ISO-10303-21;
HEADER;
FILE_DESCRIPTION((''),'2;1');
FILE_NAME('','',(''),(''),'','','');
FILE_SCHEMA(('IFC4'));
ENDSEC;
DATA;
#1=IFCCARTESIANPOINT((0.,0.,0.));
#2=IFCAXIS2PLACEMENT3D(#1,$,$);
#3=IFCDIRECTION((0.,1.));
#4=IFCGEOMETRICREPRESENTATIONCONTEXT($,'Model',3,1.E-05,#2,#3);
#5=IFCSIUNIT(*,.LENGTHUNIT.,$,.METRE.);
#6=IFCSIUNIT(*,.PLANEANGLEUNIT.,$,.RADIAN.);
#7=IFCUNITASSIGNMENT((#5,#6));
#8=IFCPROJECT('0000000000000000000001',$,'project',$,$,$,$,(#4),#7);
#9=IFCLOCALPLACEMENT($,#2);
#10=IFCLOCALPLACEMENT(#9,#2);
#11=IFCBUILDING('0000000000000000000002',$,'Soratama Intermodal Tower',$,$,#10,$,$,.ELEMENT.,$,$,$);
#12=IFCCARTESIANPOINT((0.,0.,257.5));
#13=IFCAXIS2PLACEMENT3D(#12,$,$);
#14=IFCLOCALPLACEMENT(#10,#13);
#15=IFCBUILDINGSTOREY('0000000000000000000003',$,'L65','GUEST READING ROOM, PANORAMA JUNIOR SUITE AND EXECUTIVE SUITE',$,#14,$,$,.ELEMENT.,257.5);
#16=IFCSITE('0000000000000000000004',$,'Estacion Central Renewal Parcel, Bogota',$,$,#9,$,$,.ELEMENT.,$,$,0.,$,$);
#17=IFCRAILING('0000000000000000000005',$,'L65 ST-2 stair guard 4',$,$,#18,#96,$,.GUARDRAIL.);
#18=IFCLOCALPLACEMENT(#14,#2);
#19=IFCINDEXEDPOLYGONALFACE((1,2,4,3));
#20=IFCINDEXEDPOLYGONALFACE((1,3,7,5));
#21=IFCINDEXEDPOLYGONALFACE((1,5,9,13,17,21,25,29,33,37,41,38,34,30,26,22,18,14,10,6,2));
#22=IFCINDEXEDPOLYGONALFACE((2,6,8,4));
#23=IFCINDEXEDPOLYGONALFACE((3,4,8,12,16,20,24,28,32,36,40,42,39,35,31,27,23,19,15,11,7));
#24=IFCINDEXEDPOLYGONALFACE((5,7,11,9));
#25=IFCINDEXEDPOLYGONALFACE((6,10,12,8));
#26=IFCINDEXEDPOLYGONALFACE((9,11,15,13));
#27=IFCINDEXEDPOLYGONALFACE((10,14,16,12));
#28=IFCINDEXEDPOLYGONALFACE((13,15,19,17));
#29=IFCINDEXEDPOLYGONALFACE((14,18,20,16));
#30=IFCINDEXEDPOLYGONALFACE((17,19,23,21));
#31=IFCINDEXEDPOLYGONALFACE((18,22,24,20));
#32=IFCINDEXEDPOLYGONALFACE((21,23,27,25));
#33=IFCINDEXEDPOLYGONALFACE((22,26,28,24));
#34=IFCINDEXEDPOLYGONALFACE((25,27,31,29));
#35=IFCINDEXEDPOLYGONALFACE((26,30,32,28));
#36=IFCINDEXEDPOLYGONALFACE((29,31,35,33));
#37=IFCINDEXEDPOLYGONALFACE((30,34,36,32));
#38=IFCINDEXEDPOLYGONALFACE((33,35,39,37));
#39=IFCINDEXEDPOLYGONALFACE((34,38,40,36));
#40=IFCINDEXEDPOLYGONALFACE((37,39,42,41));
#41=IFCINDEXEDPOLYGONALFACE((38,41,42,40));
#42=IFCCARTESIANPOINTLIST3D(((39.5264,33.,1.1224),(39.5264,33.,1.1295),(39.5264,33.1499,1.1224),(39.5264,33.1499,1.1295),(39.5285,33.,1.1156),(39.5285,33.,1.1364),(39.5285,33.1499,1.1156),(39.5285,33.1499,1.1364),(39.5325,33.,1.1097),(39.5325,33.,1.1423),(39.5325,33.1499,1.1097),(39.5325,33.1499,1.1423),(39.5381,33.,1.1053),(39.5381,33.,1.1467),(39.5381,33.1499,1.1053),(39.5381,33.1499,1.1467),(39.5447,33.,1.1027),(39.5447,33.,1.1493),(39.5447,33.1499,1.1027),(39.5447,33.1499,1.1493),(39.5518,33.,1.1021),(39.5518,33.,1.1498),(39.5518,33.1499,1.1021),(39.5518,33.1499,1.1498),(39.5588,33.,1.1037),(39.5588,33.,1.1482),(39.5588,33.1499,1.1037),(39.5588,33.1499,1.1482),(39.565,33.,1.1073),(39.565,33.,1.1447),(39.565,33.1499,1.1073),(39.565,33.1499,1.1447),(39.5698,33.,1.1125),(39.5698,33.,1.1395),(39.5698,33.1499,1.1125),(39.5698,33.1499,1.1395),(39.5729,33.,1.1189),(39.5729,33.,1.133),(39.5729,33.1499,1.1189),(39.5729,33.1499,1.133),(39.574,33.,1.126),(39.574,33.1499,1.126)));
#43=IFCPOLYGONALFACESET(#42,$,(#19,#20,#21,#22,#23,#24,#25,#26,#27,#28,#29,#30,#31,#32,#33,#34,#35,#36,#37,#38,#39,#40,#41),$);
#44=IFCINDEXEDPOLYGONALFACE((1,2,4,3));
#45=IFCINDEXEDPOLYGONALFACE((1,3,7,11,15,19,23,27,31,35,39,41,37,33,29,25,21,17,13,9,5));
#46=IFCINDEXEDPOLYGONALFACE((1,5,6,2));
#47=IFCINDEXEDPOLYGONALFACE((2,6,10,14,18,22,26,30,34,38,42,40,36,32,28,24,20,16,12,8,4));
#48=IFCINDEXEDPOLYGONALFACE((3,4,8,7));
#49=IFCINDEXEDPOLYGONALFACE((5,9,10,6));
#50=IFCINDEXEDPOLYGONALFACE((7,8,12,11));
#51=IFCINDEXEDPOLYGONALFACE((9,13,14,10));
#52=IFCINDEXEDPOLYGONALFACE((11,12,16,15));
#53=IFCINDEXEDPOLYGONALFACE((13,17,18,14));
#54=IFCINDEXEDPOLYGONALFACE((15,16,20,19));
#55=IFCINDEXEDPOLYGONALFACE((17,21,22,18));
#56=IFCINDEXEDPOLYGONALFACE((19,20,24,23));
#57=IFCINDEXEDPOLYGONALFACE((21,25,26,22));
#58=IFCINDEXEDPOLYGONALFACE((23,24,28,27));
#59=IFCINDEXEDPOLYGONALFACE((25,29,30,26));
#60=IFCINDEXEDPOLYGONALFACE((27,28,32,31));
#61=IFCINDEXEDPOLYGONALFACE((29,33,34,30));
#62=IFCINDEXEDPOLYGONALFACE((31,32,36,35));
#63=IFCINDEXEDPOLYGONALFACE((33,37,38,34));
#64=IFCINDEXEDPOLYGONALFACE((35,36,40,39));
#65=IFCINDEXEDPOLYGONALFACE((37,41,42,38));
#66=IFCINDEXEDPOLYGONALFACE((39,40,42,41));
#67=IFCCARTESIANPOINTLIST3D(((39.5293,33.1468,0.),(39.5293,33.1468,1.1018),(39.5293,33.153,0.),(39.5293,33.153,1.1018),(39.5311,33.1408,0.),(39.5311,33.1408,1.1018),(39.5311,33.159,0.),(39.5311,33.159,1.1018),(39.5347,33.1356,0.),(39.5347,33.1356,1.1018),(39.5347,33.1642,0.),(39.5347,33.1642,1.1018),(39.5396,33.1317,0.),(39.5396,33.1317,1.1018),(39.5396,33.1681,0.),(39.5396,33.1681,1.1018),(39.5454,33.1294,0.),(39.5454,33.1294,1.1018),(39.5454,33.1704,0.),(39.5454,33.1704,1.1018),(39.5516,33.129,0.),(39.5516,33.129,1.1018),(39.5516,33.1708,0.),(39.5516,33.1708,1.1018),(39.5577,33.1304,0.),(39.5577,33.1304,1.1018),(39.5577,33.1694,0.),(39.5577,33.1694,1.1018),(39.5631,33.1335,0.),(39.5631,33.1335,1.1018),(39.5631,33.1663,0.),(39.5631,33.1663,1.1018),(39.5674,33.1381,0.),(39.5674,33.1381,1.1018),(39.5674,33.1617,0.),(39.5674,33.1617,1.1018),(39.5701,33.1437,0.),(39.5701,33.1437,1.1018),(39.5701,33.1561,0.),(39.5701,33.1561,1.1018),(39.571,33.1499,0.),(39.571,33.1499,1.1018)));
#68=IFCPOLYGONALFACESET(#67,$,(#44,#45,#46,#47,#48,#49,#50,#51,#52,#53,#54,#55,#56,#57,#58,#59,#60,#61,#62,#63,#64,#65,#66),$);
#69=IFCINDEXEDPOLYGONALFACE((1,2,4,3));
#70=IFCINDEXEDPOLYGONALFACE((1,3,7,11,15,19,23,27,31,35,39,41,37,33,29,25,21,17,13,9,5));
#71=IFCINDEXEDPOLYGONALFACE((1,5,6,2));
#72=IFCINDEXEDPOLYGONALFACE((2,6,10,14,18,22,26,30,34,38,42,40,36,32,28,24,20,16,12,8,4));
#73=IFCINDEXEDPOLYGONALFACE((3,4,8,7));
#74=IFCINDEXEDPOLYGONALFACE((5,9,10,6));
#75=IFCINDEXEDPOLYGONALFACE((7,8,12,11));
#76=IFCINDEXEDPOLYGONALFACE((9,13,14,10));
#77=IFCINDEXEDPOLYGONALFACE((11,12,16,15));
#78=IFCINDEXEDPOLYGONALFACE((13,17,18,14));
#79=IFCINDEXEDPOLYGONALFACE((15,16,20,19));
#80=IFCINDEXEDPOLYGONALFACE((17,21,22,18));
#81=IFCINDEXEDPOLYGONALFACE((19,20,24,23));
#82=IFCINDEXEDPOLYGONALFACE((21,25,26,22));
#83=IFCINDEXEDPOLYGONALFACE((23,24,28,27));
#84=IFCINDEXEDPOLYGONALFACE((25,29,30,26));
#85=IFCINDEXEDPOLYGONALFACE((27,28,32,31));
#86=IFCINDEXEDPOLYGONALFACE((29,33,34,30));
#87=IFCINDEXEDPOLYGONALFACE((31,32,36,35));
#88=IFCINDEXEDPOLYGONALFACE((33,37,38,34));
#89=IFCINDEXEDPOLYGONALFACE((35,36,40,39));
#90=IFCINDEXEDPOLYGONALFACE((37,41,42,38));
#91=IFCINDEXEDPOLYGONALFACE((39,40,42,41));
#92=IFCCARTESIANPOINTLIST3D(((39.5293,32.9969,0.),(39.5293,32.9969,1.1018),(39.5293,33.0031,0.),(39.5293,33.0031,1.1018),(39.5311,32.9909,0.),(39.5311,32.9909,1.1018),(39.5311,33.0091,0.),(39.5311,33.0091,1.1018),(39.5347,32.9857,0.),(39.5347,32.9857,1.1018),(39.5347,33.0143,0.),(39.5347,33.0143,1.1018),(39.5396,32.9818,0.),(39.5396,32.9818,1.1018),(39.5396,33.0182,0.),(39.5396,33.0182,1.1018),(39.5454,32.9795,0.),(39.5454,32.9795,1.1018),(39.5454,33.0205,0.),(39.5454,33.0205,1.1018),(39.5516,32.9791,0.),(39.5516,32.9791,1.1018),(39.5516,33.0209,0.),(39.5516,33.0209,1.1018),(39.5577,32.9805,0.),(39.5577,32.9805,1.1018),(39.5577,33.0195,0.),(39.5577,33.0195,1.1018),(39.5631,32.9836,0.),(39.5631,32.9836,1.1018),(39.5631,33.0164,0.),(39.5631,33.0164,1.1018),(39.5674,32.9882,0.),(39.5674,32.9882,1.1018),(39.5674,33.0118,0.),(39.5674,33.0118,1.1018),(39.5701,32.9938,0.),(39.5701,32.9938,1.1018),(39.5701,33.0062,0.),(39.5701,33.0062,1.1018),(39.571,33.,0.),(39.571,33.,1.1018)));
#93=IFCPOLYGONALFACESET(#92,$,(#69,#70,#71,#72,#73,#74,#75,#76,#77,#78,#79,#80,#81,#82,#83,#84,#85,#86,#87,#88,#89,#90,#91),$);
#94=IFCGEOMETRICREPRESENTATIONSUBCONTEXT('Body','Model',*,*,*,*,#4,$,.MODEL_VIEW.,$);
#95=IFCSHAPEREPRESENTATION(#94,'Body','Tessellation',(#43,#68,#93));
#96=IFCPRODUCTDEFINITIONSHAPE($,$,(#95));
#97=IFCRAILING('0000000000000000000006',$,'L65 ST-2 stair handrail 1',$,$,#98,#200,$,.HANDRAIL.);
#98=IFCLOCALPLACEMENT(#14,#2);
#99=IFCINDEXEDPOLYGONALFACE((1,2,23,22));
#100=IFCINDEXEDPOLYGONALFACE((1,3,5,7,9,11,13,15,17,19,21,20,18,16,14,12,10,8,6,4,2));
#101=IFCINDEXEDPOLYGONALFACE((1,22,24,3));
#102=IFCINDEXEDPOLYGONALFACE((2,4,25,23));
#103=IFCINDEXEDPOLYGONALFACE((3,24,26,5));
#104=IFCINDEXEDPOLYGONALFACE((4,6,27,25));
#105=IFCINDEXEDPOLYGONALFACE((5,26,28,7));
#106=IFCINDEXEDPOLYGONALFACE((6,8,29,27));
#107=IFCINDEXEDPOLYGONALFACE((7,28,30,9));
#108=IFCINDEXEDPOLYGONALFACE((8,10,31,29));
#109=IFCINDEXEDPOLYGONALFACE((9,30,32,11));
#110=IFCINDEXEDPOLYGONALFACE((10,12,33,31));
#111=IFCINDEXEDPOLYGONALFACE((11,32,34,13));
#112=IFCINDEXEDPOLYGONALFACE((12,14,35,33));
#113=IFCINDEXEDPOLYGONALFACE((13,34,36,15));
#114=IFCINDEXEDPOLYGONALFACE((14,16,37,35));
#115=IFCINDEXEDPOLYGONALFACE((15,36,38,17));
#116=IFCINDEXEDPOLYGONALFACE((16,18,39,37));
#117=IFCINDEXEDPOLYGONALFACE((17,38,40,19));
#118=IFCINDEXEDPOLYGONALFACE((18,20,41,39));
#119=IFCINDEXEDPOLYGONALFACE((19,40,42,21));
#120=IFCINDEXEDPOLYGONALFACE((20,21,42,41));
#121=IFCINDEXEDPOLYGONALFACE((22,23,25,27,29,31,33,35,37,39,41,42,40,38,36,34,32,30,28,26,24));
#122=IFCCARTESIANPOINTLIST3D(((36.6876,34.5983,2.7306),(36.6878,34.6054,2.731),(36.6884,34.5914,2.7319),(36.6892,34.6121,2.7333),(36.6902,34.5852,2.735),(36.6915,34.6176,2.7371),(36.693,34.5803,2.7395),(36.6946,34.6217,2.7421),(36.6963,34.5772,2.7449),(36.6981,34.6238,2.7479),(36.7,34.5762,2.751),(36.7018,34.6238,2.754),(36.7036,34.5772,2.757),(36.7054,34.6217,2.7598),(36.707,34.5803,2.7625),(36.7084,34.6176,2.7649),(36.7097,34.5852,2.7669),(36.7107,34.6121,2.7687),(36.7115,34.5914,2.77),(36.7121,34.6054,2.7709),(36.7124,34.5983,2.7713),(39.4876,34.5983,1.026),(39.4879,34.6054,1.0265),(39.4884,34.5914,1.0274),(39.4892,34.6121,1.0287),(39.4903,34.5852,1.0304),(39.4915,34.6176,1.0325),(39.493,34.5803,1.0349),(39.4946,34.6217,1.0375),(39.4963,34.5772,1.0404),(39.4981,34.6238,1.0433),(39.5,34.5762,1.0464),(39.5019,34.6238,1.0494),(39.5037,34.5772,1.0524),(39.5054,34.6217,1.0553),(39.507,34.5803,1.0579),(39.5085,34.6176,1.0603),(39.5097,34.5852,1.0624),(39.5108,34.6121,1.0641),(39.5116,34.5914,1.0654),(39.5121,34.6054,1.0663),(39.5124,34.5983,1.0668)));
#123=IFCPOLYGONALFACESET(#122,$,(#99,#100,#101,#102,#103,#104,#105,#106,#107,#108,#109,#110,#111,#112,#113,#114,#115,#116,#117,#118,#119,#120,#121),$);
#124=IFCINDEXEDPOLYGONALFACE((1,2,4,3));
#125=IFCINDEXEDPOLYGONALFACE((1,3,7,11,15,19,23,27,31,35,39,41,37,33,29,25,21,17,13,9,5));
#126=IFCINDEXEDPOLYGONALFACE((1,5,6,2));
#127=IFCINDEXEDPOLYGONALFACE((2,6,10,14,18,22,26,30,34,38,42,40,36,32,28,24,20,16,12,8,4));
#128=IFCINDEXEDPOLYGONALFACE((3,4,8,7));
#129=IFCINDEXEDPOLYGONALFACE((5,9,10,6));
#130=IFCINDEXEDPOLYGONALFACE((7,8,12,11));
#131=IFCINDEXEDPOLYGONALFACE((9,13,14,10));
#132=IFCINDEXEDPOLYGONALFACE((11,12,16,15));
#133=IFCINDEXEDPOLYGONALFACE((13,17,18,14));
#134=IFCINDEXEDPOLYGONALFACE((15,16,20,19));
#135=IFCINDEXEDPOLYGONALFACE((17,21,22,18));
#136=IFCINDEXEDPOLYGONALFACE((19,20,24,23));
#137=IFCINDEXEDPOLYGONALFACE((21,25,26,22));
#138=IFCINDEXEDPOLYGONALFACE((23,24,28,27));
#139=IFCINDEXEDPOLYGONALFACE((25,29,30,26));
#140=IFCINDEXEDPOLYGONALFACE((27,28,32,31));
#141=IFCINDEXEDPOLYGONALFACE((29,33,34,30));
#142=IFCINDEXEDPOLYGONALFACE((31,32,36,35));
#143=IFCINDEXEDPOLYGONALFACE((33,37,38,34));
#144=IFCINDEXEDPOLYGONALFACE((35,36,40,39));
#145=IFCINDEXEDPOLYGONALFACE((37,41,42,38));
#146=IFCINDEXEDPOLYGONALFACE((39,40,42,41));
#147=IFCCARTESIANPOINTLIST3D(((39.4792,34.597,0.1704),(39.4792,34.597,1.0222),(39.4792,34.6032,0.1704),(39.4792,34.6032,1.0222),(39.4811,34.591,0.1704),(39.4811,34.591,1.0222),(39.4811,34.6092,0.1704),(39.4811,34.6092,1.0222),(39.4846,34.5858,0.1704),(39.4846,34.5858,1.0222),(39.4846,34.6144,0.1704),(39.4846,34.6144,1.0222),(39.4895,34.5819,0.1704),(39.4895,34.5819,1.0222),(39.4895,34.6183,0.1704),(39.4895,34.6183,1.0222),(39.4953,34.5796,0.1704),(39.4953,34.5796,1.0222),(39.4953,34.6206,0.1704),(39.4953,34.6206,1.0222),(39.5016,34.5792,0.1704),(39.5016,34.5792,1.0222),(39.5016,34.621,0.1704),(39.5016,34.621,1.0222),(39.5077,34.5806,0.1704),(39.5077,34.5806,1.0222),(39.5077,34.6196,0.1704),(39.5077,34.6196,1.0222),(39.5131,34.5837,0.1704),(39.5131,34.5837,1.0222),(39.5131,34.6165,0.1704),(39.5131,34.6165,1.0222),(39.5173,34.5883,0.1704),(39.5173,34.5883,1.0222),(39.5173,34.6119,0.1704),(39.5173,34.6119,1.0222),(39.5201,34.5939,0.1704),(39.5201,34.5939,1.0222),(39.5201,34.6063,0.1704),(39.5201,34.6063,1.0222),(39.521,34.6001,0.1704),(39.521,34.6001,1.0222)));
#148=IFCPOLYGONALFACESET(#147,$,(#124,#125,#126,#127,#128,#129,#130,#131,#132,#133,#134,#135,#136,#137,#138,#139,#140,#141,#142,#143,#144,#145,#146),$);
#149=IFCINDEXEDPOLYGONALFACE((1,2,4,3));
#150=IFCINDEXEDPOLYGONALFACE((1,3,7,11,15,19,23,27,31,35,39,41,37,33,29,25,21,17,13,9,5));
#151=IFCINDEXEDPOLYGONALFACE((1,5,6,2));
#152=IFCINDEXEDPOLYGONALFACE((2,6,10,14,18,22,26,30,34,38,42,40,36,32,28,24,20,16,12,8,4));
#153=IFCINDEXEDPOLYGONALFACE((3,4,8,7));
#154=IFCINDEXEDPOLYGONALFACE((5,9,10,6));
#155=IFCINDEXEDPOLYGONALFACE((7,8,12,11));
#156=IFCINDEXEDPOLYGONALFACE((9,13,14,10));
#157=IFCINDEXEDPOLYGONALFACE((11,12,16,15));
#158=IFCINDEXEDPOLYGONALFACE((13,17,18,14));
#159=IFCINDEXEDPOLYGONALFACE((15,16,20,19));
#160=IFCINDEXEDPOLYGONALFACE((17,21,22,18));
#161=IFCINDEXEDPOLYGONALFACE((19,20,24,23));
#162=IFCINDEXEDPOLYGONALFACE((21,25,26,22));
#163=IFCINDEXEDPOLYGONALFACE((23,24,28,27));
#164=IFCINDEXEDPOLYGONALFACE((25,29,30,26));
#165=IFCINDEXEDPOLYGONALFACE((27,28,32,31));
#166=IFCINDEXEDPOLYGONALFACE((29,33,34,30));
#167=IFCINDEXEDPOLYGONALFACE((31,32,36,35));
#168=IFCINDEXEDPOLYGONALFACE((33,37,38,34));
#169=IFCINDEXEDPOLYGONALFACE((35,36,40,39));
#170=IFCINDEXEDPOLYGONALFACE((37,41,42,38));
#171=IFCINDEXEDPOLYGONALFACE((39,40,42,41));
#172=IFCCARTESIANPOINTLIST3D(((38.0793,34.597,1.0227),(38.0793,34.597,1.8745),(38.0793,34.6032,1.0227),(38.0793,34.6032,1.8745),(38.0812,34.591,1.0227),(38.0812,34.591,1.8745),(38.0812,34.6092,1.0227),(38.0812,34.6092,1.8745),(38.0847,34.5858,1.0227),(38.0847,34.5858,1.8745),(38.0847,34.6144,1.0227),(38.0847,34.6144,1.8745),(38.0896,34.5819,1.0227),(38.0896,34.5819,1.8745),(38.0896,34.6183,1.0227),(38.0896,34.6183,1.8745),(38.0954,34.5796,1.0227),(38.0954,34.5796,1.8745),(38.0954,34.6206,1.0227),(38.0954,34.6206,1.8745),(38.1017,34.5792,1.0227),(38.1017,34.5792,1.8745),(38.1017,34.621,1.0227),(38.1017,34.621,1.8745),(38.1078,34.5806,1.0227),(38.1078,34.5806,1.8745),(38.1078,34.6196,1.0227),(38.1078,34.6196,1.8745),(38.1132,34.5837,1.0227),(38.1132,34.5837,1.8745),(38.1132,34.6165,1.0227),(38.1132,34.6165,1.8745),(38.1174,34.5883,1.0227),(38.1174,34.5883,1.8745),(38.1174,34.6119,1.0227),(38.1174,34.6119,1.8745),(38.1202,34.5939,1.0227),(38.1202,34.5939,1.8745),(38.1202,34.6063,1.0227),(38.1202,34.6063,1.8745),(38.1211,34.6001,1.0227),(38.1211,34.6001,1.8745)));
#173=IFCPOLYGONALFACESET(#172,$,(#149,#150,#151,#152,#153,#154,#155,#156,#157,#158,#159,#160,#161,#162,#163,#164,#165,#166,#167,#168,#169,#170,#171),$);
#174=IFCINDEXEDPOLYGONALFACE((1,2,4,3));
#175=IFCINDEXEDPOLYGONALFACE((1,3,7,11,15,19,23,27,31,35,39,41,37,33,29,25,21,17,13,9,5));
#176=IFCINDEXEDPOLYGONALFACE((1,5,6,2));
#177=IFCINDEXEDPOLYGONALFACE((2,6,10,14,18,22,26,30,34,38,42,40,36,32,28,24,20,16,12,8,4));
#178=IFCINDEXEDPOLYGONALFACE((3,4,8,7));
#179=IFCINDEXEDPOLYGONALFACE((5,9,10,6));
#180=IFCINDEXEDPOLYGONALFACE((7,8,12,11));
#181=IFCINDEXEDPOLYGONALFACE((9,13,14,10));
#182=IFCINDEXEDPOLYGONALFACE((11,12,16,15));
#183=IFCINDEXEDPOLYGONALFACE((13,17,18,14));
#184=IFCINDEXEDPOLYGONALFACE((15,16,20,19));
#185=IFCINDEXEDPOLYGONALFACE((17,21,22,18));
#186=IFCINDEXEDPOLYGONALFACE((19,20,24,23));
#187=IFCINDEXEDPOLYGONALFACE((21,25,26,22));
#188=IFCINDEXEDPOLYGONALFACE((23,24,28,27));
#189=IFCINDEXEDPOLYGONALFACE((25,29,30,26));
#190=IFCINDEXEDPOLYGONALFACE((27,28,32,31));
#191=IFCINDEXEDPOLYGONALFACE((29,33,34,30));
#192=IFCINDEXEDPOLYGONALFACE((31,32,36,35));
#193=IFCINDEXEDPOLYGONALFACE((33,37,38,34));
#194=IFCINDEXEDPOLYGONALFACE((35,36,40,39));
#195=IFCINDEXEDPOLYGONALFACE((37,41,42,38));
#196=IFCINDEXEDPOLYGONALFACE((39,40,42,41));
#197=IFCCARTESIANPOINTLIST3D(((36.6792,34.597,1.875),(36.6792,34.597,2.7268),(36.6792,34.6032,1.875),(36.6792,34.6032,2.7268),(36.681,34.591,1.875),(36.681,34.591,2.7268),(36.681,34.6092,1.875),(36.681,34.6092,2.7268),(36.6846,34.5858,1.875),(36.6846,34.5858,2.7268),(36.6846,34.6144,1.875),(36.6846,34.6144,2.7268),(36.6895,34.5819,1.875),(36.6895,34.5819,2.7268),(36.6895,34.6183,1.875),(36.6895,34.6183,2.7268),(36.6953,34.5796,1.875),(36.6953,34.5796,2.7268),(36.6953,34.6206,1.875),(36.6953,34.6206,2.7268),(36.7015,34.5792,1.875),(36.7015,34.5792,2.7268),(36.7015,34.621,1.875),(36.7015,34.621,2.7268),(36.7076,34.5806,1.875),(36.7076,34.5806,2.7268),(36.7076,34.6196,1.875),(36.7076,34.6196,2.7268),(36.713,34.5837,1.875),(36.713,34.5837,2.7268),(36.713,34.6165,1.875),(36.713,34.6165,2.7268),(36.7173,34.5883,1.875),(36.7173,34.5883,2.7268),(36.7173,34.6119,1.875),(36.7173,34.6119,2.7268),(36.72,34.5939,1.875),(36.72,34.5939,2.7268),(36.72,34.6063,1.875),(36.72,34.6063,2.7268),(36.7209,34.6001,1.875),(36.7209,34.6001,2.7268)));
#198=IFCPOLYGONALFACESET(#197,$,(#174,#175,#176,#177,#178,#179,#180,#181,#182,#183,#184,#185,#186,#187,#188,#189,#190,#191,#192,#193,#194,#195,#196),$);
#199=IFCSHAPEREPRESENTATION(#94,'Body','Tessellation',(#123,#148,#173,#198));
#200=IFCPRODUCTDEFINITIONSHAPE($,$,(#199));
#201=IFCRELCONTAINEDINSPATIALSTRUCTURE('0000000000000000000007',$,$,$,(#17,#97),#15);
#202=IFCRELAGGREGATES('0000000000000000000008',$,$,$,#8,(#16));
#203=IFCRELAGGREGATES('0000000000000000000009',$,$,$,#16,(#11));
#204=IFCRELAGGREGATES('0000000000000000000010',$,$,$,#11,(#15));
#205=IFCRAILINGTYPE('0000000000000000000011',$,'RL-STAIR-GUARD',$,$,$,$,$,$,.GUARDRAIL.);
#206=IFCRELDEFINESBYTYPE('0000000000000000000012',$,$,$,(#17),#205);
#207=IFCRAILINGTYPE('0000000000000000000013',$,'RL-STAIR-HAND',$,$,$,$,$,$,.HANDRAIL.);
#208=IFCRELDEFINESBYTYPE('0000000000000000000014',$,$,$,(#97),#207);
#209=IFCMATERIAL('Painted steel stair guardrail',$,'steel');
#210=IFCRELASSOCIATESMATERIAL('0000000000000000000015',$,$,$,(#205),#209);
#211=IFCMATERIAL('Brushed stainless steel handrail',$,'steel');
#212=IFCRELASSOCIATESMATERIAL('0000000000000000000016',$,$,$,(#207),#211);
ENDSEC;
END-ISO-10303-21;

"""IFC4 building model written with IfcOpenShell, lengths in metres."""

from ifc_helpers import new_model, si_unit, direction, frame, origin, origin_2d, place, context, subcontext, project, spatial, circle, extrude, material, type_object, element, save


model = new_model("IFC4")

# Units and contexts
model_context = context("Model", 3, precision=1e-05, world=origin(), true_north=direction((0.0, 1.0)))
body_context = subcontext(model_context, "Body", "Model", "MODEL_VIEW")
ifc_project = project(units=[si_unit("LENGTHUNIT", "METRE"), si_unit("PLANEANGLEUNIT", "RADIAN")], contexts=[model_context])

# Site, building, storey
site_placement = place(None, origin())
site = spatial("IfcSite", under=ifc_project, at=site_placement, Name="Estacion Central Renewal Parcel, Bogota", CompositionType="ELEMENT", RefElevation=0.0)
building_placement = place(site_placement, origin())
building = spatial("IfcBuilding", under=site, at=building_placement, Name="Soratama Intermodal Tower", CompositionType="ELEMENT")
storey_placement = place(building_placement, frame((0.0, 0.0, 257.5)))
storey = spatial("IfcBuildingStorey", under=building, at=storey_placement, Name="L65", Description="GUEST READING ROOM, PANORAMA JUNIOR SUITE AND EXECUTIVE SUITE", CompositionType="ELEMENT", Elevation=257.5)

# Railings
ifc_material_1 = material(Name="Painted steel stair guardrail", Category="steel")
railing_type_1 = type_object("IfcRailingType", Name="RL-STAIR-GUARD", PredefinedType="GUARDRAIL", material=ifc_material_1)
for number, where, name in (
    (1, (39.55, 33.1499, 0.0), "L65 ST-2 stair guard 4"),
):
    element("IfcRailing", number, at=place(storey_placement, frame(where)), inside=storey, type_object=railing_type_1, Name=name, PredefinedType="GUARDRAIL", context=body_context, shape_type="SweptSolid", body=[
        extrude(circle(Radius=0.0239, at=origin_2d()), frame((0.0, 0.0, 1.126), z_axis=(0.0, -1.0, 0.0), x_axis=(1.0, 0.0, 0.0)), (0.0, 0.0, 1.0), 0.1499),
        extrude(circle(Radius=0.021, at=origin_2d()), origin(), (0.0, 0.0, 1.0), 1.1018),
        extrude(circle(Radius=0.021, at=origin_2d()), frame((0.0, -0.1499, 0.0)), (0.0, 0.0, 1.0), 1.1018),
    ])
ifc_material_2 = material(Name="Brushed stainless steel handrail", Category="steel")
railing_type_2 = type_object("IfcRailingType", Name="RL-STAIR-HAND", PredefinedType="HANDRAIL", material=ifc_material_2)
railing_1_placement = place(storey_placement, frame((39.5, 34.6001, 0.1704)))
element("IfcRailing", 2, at=railing_1_placement, inside=storey, type_object=railing_type_2, Name="L65 ST-2 stair handrail 1", PredefinedType="HANDRAIL", context=body_context, shape_type="SweptSolid", body=[
    extrude(circle(Radius=0.0239, at=origin_2d()), frame((0.0, 0.0, 0.876), z_axis=(-0.85417, 0.0, 0.519994), x_axis=(0.0, -1.0, 0.0)), (0.0, 0.0, 1.0), 3.2781),
    extrude(circle(Radius=0.021, at=origin_2d()), origin(), (0.0, 0.0, 1.0), 0.8518),
    extrude(circle(Radius=0.021, at=origin_2d()), frame((-1.3999, 0.0, 0.8523)), (0.0, 0.0, 1.0), 0.8518),
    extrude(circle(Radius=0.021, at=origin_2d()), frame((-2.8, 0.0, 1.7046)), (0.0, 0.0, 1.0), 0.8518),
])

save(model, "model.ifc")
